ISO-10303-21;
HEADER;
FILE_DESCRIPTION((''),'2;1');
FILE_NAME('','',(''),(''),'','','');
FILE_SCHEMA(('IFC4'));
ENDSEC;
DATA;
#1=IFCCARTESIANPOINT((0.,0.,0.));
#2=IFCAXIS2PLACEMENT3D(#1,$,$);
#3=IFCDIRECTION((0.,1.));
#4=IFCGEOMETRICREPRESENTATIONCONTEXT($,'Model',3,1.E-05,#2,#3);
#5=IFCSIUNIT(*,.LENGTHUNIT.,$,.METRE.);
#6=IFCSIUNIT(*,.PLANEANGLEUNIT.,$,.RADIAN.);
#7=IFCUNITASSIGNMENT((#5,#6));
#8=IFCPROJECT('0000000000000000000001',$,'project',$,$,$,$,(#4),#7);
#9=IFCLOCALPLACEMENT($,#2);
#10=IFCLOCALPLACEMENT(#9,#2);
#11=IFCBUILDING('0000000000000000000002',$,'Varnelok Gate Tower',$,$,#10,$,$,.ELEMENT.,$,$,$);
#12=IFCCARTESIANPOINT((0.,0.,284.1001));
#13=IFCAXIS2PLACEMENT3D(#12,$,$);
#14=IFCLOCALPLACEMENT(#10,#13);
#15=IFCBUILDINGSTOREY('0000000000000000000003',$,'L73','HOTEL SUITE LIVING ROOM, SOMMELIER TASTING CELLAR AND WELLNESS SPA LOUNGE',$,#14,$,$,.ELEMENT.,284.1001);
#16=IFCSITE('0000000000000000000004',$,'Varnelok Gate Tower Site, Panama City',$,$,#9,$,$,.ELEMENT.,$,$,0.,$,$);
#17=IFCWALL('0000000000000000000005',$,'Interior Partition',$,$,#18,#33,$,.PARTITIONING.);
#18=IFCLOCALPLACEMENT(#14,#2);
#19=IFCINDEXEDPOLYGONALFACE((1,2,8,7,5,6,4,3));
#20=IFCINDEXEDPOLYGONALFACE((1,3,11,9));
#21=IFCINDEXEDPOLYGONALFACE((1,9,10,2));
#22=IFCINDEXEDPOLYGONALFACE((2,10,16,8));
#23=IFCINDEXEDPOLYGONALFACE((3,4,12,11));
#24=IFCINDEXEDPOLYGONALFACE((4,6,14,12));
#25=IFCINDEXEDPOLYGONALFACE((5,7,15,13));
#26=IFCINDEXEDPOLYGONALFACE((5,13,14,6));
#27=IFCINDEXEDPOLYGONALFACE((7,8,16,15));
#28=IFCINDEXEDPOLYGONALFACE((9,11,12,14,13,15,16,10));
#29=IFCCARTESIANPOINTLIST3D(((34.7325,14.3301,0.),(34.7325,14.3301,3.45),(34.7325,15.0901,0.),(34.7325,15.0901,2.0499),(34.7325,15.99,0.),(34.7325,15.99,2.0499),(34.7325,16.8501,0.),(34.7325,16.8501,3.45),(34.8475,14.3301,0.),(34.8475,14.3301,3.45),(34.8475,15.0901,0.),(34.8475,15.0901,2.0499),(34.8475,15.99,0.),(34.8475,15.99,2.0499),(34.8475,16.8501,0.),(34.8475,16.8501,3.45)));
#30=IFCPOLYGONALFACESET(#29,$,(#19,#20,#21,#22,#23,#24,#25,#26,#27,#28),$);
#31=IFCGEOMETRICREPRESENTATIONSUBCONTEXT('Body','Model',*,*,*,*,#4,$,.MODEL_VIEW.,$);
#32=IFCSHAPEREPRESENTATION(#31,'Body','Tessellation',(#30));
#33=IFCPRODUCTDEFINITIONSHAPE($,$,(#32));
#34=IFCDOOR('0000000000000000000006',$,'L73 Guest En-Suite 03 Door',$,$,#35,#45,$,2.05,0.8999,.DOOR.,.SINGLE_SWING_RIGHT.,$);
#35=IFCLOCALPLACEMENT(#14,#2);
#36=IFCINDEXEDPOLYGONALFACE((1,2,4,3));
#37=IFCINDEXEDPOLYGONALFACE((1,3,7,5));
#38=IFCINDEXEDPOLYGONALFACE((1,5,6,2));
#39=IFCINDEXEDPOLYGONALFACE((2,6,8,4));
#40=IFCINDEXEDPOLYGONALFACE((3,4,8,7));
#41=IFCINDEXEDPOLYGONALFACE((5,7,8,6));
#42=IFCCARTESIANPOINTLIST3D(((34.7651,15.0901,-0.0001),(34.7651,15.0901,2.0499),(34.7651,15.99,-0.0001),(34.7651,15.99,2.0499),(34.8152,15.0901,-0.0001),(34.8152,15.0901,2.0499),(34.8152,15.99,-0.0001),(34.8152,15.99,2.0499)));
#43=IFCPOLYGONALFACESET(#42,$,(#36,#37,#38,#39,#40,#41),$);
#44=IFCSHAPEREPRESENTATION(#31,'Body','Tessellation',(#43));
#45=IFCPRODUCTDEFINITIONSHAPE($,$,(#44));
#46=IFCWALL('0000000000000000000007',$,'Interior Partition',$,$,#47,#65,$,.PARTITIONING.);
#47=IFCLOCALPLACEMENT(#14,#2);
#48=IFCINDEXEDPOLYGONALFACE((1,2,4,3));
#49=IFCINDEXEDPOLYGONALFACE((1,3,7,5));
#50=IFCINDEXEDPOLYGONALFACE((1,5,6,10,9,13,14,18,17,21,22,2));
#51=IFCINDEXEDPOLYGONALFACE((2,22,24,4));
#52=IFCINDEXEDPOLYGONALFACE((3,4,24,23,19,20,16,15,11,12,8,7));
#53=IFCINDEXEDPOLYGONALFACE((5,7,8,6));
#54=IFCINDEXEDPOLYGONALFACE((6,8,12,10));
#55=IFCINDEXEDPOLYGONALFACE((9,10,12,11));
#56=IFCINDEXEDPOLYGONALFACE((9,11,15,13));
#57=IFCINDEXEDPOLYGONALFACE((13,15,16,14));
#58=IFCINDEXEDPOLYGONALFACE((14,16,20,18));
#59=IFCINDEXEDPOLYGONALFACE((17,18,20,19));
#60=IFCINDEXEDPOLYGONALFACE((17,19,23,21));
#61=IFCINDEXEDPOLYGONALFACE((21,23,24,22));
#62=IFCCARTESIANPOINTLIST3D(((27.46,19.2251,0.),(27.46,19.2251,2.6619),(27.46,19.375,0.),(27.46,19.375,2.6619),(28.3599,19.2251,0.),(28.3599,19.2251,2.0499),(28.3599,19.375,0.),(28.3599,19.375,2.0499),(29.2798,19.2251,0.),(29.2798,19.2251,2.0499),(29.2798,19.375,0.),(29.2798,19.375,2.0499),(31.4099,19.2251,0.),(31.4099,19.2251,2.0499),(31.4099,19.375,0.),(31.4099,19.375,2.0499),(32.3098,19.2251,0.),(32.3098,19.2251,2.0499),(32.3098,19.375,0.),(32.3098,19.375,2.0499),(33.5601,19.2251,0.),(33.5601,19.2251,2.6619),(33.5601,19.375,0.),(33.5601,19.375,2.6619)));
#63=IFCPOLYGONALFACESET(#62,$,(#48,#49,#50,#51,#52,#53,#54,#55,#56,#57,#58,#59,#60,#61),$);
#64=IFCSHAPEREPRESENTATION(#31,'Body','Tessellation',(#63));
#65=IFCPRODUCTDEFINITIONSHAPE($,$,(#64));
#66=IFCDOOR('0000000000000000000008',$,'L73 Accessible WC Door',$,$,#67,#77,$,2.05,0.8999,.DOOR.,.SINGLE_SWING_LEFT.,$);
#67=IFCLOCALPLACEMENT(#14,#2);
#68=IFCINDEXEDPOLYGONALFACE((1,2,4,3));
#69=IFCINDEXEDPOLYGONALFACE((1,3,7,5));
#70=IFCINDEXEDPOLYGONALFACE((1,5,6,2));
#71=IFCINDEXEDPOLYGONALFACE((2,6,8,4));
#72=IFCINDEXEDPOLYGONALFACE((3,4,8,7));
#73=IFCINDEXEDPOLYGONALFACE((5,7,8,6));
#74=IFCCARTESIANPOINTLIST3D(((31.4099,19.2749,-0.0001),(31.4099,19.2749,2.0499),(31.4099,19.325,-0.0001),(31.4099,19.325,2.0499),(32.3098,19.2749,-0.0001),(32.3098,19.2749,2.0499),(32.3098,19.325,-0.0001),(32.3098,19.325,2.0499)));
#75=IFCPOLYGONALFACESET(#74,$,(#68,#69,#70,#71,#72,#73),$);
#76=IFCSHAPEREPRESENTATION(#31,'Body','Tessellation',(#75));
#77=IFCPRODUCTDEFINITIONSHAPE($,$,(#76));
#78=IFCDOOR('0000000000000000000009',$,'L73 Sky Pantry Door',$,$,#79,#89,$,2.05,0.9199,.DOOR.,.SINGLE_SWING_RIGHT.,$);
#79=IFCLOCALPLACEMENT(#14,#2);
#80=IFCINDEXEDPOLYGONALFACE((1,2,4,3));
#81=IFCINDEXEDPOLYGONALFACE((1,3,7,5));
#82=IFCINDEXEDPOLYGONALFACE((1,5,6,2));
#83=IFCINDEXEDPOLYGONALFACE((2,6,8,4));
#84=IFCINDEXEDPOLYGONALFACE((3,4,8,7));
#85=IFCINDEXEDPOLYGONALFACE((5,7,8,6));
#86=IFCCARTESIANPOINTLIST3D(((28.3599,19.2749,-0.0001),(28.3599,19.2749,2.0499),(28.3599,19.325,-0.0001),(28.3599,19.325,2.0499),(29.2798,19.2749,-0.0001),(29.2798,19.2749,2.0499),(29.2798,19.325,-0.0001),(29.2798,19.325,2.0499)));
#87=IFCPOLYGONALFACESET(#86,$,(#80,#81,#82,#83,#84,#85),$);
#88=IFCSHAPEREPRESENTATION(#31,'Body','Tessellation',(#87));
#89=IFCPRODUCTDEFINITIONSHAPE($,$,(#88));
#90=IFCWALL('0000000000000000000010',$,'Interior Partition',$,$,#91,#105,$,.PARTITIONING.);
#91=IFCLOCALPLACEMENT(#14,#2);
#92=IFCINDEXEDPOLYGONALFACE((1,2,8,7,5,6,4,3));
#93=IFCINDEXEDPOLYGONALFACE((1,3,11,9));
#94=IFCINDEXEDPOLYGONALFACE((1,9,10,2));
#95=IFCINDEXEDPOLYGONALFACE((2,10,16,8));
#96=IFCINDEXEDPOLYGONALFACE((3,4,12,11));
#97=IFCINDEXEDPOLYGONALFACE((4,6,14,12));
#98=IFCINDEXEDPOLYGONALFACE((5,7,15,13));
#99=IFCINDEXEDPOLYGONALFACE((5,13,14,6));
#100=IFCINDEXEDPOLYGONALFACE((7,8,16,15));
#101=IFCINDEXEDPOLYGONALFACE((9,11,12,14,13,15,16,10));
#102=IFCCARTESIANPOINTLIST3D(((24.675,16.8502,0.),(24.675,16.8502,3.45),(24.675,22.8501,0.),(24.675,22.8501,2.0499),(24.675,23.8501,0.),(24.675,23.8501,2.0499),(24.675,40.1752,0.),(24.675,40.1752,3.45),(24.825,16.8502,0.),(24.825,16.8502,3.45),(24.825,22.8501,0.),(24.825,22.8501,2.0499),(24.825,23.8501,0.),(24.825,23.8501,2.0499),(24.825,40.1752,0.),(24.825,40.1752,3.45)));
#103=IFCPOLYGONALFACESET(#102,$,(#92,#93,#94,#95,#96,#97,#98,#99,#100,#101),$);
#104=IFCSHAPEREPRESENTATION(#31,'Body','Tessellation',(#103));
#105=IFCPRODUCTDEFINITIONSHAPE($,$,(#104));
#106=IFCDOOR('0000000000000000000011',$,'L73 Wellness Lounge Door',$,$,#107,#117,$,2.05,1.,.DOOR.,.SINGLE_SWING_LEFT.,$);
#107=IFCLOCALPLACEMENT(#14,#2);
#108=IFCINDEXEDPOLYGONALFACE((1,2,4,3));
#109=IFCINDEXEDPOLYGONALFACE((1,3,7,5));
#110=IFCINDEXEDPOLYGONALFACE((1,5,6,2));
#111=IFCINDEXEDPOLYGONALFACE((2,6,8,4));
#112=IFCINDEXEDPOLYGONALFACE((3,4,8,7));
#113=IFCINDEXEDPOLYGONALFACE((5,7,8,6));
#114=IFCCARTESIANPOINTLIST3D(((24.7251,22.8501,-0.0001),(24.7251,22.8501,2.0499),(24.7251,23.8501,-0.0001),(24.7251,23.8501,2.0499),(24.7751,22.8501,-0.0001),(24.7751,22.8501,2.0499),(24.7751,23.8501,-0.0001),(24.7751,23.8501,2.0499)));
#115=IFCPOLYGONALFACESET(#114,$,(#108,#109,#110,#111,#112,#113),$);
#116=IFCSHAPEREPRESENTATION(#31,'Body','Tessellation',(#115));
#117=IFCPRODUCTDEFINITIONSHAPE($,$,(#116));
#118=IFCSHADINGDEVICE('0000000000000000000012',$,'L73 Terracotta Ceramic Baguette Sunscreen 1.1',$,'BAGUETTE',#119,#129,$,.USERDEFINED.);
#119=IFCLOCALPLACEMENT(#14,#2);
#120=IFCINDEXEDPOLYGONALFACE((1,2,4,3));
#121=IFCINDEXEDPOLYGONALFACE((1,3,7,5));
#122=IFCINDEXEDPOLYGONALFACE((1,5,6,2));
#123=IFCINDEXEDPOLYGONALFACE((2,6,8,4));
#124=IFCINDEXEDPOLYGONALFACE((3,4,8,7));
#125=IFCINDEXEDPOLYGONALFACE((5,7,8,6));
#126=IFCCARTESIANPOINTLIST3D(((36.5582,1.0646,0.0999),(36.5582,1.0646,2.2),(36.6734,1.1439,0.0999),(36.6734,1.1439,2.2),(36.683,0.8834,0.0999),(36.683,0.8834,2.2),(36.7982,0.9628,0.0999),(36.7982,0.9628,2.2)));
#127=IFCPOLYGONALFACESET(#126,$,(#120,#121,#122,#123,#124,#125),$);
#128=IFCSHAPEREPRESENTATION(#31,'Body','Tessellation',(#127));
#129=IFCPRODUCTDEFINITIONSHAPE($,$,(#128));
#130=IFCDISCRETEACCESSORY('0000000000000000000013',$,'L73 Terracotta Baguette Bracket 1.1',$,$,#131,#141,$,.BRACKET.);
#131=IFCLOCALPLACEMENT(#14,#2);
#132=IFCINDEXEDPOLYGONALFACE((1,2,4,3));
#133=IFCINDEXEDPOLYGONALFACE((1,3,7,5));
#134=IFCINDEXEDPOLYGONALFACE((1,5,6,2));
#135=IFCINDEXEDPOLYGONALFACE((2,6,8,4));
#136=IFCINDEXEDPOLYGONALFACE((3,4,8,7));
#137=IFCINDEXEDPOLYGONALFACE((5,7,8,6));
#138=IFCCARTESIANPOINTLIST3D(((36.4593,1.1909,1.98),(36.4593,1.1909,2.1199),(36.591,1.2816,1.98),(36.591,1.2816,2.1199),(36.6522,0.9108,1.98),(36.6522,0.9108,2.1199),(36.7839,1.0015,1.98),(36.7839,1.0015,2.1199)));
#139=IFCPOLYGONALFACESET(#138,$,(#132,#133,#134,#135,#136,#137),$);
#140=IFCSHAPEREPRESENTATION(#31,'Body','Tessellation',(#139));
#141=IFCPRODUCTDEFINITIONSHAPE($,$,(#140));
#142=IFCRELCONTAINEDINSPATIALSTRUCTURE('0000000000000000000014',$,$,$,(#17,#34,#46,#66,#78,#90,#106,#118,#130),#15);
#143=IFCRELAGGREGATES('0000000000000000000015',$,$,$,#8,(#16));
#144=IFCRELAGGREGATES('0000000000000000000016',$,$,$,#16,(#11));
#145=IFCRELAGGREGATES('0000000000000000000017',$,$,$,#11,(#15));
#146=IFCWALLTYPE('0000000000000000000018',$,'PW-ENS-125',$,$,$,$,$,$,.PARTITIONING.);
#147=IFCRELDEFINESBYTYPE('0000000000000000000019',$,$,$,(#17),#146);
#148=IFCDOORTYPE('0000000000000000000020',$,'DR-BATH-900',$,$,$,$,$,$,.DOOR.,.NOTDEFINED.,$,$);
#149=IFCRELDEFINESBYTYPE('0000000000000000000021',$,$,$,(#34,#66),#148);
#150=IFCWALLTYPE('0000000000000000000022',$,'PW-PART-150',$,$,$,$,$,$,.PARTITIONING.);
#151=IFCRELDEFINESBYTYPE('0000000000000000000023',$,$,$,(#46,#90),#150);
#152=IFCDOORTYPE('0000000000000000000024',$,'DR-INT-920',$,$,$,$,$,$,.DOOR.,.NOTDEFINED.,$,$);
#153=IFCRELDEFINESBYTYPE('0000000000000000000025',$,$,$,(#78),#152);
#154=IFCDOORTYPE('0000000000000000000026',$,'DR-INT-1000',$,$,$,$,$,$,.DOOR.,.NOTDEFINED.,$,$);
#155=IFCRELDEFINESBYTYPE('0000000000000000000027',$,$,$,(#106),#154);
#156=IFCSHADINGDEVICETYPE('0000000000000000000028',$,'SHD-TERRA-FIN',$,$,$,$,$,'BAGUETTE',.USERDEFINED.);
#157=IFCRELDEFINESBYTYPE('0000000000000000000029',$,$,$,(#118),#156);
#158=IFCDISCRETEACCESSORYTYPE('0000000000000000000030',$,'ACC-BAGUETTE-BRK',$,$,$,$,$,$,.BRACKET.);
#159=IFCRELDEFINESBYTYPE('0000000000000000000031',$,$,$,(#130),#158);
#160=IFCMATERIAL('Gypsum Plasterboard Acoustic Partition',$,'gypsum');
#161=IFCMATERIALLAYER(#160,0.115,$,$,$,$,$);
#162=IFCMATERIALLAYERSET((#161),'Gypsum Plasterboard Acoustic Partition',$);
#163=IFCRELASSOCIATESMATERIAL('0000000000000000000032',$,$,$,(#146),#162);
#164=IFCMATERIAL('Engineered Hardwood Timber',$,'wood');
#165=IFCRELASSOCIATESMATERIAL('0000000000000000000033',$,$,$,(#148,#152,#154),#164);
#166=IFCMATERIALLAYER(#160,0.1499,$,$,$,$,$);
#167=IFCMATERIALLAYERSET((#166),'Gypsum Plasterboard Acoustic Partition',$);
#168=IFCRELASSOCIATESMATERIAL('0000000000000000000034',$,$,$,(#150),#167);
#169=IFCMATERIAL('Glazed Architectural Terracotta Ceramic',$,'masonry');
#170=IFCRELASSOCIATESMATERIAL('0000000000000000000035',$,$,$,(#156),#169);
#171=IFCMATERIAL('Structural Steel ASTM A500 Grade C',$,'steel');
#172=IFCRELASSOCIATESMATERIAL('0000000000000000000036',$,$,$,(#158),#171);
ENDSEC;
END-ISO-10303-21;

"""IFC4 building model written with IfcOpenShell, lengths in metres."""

from ifc_helpers import new_model, si_unit, direction, frame, frame_2d, origin, origin_2d, place, context, subcontext, project, spatial, rectangle, extrude, source, transform, mapped, material, layer, layer_set, type_object, element, fill, save


model = new_model("IFC4")

# Units and contexts
model_context = context("Model", 3, precision=1e-05, world=origin(), true_north=direction((0.0, 1.0)))
body_context = subcontext(model_context, "Body", "Model", "MODEL_VIEW")
ifc_project = project(units=[si_unit("LENGTHUNIT", "METRE"), si_unit("PLANEANGLEUNIT", "RADIAN")], contexts=[model_context])

# Site, building, storey
site_placement = place(None, origin())
site = spatial("IfcSite", under=ifc_project, at=site_placement, Name="Varnelok Gate Tower Site, Panama City", CompositionType="ELEMENT", RefElevation=0.0)
building_placement = place(site_placement, origin())
building = spatial("IfcBuilding", under=site, at=building_placement, Name="Varnelok Gate Tower", CompositionType="ELEMENT")
storey_placement = place(building_placement, frame((0.0, 0.0, 284.1001)))
storey = spatial("IfcBuildingStorey", under=building, at=storey_placement, Name="L73", Description="HOTEL SUITE LIVING ROOM, SOMMELIER TASTING CELLAR AND WELLNESS SPA LOUNGE", CompositionType="ELEMENT", Elevation=284.1001)

# Shared definitions
ifc_material_1 = material(Name="Gypsum Plasterboard Acoustic Partition", Category="gypsum")
ifc_material_2 = material(Name="Engineered Hardwood Timber", Category="wood")
ifc_layer_1 = layer(ifc_material_1, 0.115)
ifc_layer_set_1 = layer_set([ifc_layer_1], Name="Gypsum Plasterboard Acoustic Partition")
wall_type_1 = type_object("IfcWallType", Name="PW-ENS-125", PredefinedType="PARTITIONING", material=ifc_layer_set_1)
door_type_1 = type_object("IfcDoorType", Name="DR-BATH-900", OperationType="NOTDEFINED", PredefinedType="DOOR", material=ifc_material_2)

# Wall, opening, door
wall_1_placement = place(storey_placement, frame((34.79, 14.3301, 0.0), z_axis=(0.0, 0.0, 1.0), x_axis=(0.0, 1.0, 0.0)))
wall_1 = element("IfcWall", 1, at=wall_1_placement, inside=storey, type_object=wall_type_1, Name="Interior Partition", PredefinedType="PARTITIONING", context=body_context, shape_type="SweptSolid", body=[
    extrude(rectangle(XDim=2.52, YDim=0.115, at=frame_2d((1.26, 0.0))), origin(), (0.0, 0.0, 1.0), 3.45),
])
opening_1_placement = place(wall_1_placement, frame((0.76, 0.0, 0.0)))
opening_1 = element("IfcOpeningElement", 2, at=opening_1_placement, cuts=wall_1, PredefinedType="OPENING", context=body_context, shape_type="SweptSolid", body=[
    extrude(rectangle(XDim=0.8999, YDim=2.05, at=frame_2d((0.45, 1.0249))), frame((0.0, 0.0674, 0.0), z_axis=(0.0, -1.0, 0.0), x_axis=(1.0, 0.0, 0.0)), (0.0, 0.0, 1.0), 0.135),
])
door_1_placement = place(opening_1_placement, origin())
door_1 = element("IfcDoor", 3, at=door_1_placement, inside=storey, type_object=door_type_1, Name="L73 Guest En-Suite 03 Door", OperationType="SINGLE_SWING_RIGHT", OverallHeight=2.05, OverallWidth=0.8999, PredefinedType="DOOR", context=body_context, shape_type="SweptSolid", body=[
    extrude(rectangle(XDim=0.8999, YDim=2.05, at=frame_2d((0.45, 1.0249))), frame((0.0, 0.0249, 0.0), z_axis=(0.0, -1.0, 0.0), x_axis=(1.0, 0.0, 0.0)), (0.0, 0.0, 1.0), 0.05),
])
fill(opening_1, door_1)

# Wall, openings, doors
ifc_layer_2 = layer(ifc_material_1, 0.1499)
ifc_layer_set_2 = layer_set([ifc_layer_2], Name="Gypsum Plasterboard Acoustic Partition")
wall_type_2 = type_object("IfcWallType", Name="PW-PART-150", PredefinedType="PARTITIONING", material=ifc_layer_set_2)
wall_2_placement = place(storey_placement, frame((27.46, 19.3, 0.0), z_axis=(0.0, 0.0, 1.0), x_axis=(1.0, 0.0, 0.0)))
wall_2 = element("IfcWall", 4, at=wall_2_placement, inside=storey, type_object=wall_type_2, Name="Interior Partition", PredefinedType="PARTITIONING", context=body_context, shape_type="SweptSolid", body=[
    extrude(rectangle(XDim=6.1001, YDim=0.1499, at=frame_2d((3.05, 0.0))), origin(), (0.0, 0.0, 1.0), 2.6619),
])
opening_2_placement = place(wall_2_placement, frame((0.8999, 0.0, 0.0)))
opening_2 = element("IfcOpeningElement", 5, at=opening_2_placement, cuts=wall_2, PredefinedType="OPENING", context=body_context, shape_type="SweptSolid", body=[
    extrude(rectangle(XDim=0.9199, YDim=2.05, at=frame_2d((0.46, 1.0249))), frame((0.0, 0.085, 0.0), z_axis=(0.0, -1.0, 0.0), x_axis=(1.0, 0.0, 0.0)), (0.0, 0.0, 1.0), 0.1699),
])
opening_3_placement = place(wall_2_placement, frame((3.95, 0.0, 0.0)))
opening_3 = element("IfcOpeningElement", 6, at=opening_3_placement, cuts=wall_2, PredefinedType="OPENING", context=body_context, shape_type="SweptSolid", body=[
    extrude(rectangle(XDim=0.8999, YDim=2.05, at=frame_2d((0.45, 1.0249))), frame((0.0, 0.085, 0.0), z_axis=(0.0, -1.0, 0.0), x_axis=(1.0, 0.0, 0.0)), (0.0, 0.0, 1.0), 0.1699),
])
door_2_placement = place(opening_3_placement, origin())
door_2 = element("IfcDoor", 7, at=door_2_placement, inside=storey, type_object=door_type_1, Name="L73 Accessible WC Door", OperationType="SINGLE_SWING_LEFT", OverallHeight=2.05, OverallWidth=0.8999, PredefinedType="DOOR", context=body_context, shape_type="SweptSolid", body=[
    extrude(rectangle(XDim=0.8999, YDim=2.05, at=frame_2d((0.45, 1.0249))), frame((0.0, 0.0249, 0.0), z_axis=(0.0, -1.0, 0.0), x_axis=(1.0, 0.0, 0.0)), (0.0, 0.0, 1.0), 0.05),
])
fill(opening_3, door_2)
door_type_2 = type_object("IfcDoorType", Name="DR-INT-920", OperationType="NOTDEFINED", PredefinedType="DOOR", material=ifc_material_2)
door_3_placement = place(opening_2_placement, origin())
door_3 = element("IfcDoor", 8, at=door_3_placement, inside=storey, type_object=door_type_2, Name="L73 Sky Pantry Door", OperationType="SINGLE_SWING_RIGHT", OverallHeight=2.05, OverallWidth=0.9199, PredefinedType="DOOR", context=body_context, shape_type="SweptSolid", body=[
    extrude(rectangle(XDim=0.9199, YDim=2.05, at=frame_2d((0.46, 1.0249))), frame((0.0, 0.0249, 0.0), z_axis=(0.0, -1.0, 0.0), x_axis=(1.0, 0.0, 0.0)), (0.0, 0.0, 1.0), 0.05),
])
fill(opening_2, door_3)

# Wall, opening, door
wall_3_placement = place(storey_placement, frame((24.75, 16.8501, 0.0), z_axis=(0.0, 0.0, 1.0), x_axis=(0.0, 1.0, 0.0)))
wall_3 = element("IfcWall", 9, at=wall_3_placement, inside=storey, type_object=wall_type_2, Name="Interior Partition", PredefinedType="PARTITIONING", context=body_context, shape_type="SweptSolid", body=[
    extrude(rectangle(XDim=23.325, YDim=0.1499, at=frame_2d((11.6626, 0.0))), origin(), (0.0, 0.0, 1.0), 3.45),
])
opening_4_placement = place(wall_3_placement, frame((6.0, 0.0, 0.0)))
opening_4 = element("IfcOpeningElement", 10, at=opening_4_placement, cuts=wall_3, PredefinedType="OPENING", context=body_context, shape_type="SweptSolid", body=[
    extrude(rectangle(XDim=1.0, YDim=2.05, at=frame_2d((0.5, 1.0249))), frame((0.0, 0.085, 0.0), z_axis=(0.0, -1.0, 0.0), x_axis=(1.0, 0.0, 0.0)), (0.0, 0.0, 1.0), 0.1699),
])
door_type_3 = type_object("IfcDoorType", Name="DR-INT-1000", OperationType="NOTDEFINED", PredefinedType="DOOR", material=ifc_material_2)
door_4_placement = place(opening_4_placement, origin())
door_4 = element("IfcDoor", 11, at=door_4_placement, inside=storey, type_object=door_type_3, Name="L73 Wellness Lounge Door", OperationType="SINGLE_SWING_LEFT", OverallHeight=2.05, OverallWidth=1.0, PredefinedType="DOOR", context=body_context, shape_type="SweptSolid", body=[
    extrude(rectangle(XDim=1.0, YDim=2.05, at=frame_2d((0.5, 1.0249))), frame((0.0, 0.0249, 0.0), z_axis=(0.0, -1.0, 0.0), x_axis=(1.0, 0.0, 0.0)), (0.0, 0.0, 1.0), 0.05),
])
fill(opening_4, door_4)

# Shading device
ifc_material_3 = material(Name="Glazed Architectural Terracotta Ceramic", Category="masonry")
shading_device_type = type_object("IfcShadingDeviceType", Name="SHD-TERRA-FIN", ElementType="BAGUETTE", PredefinedType="USERDEFINED", material=ifc_material_3)
shared_shape_1 = source(origin(), body_context, "Body", "SweptSolid", [
    extrude(rectangle(XDim=0.1399, YDim=0.22, at=origin_2d()), origin(), (0.0, 0.0, 1.0), 2.1001),
])
shading_device_placement = place(storey_placement, frame((36.6782, 1.0137, 0.0999), z_axis=(0.0, 0.0, 1.0), x_axis=(0.823533, 0.567269, 0.0)))
element("IfcShadingDevice", 12, at=shading_device_placement, inside=storey, type_object=shading_device_type, Name="L73 Terracotta Ceramic Baguette Sunscreen 1.1", ObjectType="BAGUETTE", PredefinedType="USERDEFINED", context=body_context, shape_type="MappedRepresentation", body=[
    mapped(shared_shape_1, transform((0.0, 0.0, 0.0), scale=1.0)),
])

# Discrete accessory
ifc_material_4 = material(Name="Structural Steel ASTM A500 Grade C", Category="steel")
discrete_accessory_type = type_object("IfcDiscreteAccessoryType", Name="ACC-BAGUETTE-BRK", PredefinedType="BRACKET", material=ifc_material_4)
shared_shape_2 = source(origin(), body_context, "Body", "SweptSolid", [
    extrude(rectangle(XDim=0.1599, YDim=0.3401, at=origin_2d()), origin(), (0.0, 0.0, 1.0), 0.1399),
])
discrete_accessory_placement = place(storey_placement, frame((36.6216, 1.0962, 1.98), z_axis=(0.0, 0.0, 1.0), x_axis=(0.823533, 0.567269, 0.0)))
element("IfcDiscreteAccessory", 13, at=discrete_accessory_placement, inside=storey, type_object=discrete_accessory_type, Name="L73 Terracotta Baguette Bracket 1.1", PredefinedType="BRACKET", context=body_context, shape_type="MappedRepresentation", body=[
    mapped(shared_shape_2, transform((0.0, 0.0, 0.0), scale=1.0)),
])

save(model, "model.ifc")
